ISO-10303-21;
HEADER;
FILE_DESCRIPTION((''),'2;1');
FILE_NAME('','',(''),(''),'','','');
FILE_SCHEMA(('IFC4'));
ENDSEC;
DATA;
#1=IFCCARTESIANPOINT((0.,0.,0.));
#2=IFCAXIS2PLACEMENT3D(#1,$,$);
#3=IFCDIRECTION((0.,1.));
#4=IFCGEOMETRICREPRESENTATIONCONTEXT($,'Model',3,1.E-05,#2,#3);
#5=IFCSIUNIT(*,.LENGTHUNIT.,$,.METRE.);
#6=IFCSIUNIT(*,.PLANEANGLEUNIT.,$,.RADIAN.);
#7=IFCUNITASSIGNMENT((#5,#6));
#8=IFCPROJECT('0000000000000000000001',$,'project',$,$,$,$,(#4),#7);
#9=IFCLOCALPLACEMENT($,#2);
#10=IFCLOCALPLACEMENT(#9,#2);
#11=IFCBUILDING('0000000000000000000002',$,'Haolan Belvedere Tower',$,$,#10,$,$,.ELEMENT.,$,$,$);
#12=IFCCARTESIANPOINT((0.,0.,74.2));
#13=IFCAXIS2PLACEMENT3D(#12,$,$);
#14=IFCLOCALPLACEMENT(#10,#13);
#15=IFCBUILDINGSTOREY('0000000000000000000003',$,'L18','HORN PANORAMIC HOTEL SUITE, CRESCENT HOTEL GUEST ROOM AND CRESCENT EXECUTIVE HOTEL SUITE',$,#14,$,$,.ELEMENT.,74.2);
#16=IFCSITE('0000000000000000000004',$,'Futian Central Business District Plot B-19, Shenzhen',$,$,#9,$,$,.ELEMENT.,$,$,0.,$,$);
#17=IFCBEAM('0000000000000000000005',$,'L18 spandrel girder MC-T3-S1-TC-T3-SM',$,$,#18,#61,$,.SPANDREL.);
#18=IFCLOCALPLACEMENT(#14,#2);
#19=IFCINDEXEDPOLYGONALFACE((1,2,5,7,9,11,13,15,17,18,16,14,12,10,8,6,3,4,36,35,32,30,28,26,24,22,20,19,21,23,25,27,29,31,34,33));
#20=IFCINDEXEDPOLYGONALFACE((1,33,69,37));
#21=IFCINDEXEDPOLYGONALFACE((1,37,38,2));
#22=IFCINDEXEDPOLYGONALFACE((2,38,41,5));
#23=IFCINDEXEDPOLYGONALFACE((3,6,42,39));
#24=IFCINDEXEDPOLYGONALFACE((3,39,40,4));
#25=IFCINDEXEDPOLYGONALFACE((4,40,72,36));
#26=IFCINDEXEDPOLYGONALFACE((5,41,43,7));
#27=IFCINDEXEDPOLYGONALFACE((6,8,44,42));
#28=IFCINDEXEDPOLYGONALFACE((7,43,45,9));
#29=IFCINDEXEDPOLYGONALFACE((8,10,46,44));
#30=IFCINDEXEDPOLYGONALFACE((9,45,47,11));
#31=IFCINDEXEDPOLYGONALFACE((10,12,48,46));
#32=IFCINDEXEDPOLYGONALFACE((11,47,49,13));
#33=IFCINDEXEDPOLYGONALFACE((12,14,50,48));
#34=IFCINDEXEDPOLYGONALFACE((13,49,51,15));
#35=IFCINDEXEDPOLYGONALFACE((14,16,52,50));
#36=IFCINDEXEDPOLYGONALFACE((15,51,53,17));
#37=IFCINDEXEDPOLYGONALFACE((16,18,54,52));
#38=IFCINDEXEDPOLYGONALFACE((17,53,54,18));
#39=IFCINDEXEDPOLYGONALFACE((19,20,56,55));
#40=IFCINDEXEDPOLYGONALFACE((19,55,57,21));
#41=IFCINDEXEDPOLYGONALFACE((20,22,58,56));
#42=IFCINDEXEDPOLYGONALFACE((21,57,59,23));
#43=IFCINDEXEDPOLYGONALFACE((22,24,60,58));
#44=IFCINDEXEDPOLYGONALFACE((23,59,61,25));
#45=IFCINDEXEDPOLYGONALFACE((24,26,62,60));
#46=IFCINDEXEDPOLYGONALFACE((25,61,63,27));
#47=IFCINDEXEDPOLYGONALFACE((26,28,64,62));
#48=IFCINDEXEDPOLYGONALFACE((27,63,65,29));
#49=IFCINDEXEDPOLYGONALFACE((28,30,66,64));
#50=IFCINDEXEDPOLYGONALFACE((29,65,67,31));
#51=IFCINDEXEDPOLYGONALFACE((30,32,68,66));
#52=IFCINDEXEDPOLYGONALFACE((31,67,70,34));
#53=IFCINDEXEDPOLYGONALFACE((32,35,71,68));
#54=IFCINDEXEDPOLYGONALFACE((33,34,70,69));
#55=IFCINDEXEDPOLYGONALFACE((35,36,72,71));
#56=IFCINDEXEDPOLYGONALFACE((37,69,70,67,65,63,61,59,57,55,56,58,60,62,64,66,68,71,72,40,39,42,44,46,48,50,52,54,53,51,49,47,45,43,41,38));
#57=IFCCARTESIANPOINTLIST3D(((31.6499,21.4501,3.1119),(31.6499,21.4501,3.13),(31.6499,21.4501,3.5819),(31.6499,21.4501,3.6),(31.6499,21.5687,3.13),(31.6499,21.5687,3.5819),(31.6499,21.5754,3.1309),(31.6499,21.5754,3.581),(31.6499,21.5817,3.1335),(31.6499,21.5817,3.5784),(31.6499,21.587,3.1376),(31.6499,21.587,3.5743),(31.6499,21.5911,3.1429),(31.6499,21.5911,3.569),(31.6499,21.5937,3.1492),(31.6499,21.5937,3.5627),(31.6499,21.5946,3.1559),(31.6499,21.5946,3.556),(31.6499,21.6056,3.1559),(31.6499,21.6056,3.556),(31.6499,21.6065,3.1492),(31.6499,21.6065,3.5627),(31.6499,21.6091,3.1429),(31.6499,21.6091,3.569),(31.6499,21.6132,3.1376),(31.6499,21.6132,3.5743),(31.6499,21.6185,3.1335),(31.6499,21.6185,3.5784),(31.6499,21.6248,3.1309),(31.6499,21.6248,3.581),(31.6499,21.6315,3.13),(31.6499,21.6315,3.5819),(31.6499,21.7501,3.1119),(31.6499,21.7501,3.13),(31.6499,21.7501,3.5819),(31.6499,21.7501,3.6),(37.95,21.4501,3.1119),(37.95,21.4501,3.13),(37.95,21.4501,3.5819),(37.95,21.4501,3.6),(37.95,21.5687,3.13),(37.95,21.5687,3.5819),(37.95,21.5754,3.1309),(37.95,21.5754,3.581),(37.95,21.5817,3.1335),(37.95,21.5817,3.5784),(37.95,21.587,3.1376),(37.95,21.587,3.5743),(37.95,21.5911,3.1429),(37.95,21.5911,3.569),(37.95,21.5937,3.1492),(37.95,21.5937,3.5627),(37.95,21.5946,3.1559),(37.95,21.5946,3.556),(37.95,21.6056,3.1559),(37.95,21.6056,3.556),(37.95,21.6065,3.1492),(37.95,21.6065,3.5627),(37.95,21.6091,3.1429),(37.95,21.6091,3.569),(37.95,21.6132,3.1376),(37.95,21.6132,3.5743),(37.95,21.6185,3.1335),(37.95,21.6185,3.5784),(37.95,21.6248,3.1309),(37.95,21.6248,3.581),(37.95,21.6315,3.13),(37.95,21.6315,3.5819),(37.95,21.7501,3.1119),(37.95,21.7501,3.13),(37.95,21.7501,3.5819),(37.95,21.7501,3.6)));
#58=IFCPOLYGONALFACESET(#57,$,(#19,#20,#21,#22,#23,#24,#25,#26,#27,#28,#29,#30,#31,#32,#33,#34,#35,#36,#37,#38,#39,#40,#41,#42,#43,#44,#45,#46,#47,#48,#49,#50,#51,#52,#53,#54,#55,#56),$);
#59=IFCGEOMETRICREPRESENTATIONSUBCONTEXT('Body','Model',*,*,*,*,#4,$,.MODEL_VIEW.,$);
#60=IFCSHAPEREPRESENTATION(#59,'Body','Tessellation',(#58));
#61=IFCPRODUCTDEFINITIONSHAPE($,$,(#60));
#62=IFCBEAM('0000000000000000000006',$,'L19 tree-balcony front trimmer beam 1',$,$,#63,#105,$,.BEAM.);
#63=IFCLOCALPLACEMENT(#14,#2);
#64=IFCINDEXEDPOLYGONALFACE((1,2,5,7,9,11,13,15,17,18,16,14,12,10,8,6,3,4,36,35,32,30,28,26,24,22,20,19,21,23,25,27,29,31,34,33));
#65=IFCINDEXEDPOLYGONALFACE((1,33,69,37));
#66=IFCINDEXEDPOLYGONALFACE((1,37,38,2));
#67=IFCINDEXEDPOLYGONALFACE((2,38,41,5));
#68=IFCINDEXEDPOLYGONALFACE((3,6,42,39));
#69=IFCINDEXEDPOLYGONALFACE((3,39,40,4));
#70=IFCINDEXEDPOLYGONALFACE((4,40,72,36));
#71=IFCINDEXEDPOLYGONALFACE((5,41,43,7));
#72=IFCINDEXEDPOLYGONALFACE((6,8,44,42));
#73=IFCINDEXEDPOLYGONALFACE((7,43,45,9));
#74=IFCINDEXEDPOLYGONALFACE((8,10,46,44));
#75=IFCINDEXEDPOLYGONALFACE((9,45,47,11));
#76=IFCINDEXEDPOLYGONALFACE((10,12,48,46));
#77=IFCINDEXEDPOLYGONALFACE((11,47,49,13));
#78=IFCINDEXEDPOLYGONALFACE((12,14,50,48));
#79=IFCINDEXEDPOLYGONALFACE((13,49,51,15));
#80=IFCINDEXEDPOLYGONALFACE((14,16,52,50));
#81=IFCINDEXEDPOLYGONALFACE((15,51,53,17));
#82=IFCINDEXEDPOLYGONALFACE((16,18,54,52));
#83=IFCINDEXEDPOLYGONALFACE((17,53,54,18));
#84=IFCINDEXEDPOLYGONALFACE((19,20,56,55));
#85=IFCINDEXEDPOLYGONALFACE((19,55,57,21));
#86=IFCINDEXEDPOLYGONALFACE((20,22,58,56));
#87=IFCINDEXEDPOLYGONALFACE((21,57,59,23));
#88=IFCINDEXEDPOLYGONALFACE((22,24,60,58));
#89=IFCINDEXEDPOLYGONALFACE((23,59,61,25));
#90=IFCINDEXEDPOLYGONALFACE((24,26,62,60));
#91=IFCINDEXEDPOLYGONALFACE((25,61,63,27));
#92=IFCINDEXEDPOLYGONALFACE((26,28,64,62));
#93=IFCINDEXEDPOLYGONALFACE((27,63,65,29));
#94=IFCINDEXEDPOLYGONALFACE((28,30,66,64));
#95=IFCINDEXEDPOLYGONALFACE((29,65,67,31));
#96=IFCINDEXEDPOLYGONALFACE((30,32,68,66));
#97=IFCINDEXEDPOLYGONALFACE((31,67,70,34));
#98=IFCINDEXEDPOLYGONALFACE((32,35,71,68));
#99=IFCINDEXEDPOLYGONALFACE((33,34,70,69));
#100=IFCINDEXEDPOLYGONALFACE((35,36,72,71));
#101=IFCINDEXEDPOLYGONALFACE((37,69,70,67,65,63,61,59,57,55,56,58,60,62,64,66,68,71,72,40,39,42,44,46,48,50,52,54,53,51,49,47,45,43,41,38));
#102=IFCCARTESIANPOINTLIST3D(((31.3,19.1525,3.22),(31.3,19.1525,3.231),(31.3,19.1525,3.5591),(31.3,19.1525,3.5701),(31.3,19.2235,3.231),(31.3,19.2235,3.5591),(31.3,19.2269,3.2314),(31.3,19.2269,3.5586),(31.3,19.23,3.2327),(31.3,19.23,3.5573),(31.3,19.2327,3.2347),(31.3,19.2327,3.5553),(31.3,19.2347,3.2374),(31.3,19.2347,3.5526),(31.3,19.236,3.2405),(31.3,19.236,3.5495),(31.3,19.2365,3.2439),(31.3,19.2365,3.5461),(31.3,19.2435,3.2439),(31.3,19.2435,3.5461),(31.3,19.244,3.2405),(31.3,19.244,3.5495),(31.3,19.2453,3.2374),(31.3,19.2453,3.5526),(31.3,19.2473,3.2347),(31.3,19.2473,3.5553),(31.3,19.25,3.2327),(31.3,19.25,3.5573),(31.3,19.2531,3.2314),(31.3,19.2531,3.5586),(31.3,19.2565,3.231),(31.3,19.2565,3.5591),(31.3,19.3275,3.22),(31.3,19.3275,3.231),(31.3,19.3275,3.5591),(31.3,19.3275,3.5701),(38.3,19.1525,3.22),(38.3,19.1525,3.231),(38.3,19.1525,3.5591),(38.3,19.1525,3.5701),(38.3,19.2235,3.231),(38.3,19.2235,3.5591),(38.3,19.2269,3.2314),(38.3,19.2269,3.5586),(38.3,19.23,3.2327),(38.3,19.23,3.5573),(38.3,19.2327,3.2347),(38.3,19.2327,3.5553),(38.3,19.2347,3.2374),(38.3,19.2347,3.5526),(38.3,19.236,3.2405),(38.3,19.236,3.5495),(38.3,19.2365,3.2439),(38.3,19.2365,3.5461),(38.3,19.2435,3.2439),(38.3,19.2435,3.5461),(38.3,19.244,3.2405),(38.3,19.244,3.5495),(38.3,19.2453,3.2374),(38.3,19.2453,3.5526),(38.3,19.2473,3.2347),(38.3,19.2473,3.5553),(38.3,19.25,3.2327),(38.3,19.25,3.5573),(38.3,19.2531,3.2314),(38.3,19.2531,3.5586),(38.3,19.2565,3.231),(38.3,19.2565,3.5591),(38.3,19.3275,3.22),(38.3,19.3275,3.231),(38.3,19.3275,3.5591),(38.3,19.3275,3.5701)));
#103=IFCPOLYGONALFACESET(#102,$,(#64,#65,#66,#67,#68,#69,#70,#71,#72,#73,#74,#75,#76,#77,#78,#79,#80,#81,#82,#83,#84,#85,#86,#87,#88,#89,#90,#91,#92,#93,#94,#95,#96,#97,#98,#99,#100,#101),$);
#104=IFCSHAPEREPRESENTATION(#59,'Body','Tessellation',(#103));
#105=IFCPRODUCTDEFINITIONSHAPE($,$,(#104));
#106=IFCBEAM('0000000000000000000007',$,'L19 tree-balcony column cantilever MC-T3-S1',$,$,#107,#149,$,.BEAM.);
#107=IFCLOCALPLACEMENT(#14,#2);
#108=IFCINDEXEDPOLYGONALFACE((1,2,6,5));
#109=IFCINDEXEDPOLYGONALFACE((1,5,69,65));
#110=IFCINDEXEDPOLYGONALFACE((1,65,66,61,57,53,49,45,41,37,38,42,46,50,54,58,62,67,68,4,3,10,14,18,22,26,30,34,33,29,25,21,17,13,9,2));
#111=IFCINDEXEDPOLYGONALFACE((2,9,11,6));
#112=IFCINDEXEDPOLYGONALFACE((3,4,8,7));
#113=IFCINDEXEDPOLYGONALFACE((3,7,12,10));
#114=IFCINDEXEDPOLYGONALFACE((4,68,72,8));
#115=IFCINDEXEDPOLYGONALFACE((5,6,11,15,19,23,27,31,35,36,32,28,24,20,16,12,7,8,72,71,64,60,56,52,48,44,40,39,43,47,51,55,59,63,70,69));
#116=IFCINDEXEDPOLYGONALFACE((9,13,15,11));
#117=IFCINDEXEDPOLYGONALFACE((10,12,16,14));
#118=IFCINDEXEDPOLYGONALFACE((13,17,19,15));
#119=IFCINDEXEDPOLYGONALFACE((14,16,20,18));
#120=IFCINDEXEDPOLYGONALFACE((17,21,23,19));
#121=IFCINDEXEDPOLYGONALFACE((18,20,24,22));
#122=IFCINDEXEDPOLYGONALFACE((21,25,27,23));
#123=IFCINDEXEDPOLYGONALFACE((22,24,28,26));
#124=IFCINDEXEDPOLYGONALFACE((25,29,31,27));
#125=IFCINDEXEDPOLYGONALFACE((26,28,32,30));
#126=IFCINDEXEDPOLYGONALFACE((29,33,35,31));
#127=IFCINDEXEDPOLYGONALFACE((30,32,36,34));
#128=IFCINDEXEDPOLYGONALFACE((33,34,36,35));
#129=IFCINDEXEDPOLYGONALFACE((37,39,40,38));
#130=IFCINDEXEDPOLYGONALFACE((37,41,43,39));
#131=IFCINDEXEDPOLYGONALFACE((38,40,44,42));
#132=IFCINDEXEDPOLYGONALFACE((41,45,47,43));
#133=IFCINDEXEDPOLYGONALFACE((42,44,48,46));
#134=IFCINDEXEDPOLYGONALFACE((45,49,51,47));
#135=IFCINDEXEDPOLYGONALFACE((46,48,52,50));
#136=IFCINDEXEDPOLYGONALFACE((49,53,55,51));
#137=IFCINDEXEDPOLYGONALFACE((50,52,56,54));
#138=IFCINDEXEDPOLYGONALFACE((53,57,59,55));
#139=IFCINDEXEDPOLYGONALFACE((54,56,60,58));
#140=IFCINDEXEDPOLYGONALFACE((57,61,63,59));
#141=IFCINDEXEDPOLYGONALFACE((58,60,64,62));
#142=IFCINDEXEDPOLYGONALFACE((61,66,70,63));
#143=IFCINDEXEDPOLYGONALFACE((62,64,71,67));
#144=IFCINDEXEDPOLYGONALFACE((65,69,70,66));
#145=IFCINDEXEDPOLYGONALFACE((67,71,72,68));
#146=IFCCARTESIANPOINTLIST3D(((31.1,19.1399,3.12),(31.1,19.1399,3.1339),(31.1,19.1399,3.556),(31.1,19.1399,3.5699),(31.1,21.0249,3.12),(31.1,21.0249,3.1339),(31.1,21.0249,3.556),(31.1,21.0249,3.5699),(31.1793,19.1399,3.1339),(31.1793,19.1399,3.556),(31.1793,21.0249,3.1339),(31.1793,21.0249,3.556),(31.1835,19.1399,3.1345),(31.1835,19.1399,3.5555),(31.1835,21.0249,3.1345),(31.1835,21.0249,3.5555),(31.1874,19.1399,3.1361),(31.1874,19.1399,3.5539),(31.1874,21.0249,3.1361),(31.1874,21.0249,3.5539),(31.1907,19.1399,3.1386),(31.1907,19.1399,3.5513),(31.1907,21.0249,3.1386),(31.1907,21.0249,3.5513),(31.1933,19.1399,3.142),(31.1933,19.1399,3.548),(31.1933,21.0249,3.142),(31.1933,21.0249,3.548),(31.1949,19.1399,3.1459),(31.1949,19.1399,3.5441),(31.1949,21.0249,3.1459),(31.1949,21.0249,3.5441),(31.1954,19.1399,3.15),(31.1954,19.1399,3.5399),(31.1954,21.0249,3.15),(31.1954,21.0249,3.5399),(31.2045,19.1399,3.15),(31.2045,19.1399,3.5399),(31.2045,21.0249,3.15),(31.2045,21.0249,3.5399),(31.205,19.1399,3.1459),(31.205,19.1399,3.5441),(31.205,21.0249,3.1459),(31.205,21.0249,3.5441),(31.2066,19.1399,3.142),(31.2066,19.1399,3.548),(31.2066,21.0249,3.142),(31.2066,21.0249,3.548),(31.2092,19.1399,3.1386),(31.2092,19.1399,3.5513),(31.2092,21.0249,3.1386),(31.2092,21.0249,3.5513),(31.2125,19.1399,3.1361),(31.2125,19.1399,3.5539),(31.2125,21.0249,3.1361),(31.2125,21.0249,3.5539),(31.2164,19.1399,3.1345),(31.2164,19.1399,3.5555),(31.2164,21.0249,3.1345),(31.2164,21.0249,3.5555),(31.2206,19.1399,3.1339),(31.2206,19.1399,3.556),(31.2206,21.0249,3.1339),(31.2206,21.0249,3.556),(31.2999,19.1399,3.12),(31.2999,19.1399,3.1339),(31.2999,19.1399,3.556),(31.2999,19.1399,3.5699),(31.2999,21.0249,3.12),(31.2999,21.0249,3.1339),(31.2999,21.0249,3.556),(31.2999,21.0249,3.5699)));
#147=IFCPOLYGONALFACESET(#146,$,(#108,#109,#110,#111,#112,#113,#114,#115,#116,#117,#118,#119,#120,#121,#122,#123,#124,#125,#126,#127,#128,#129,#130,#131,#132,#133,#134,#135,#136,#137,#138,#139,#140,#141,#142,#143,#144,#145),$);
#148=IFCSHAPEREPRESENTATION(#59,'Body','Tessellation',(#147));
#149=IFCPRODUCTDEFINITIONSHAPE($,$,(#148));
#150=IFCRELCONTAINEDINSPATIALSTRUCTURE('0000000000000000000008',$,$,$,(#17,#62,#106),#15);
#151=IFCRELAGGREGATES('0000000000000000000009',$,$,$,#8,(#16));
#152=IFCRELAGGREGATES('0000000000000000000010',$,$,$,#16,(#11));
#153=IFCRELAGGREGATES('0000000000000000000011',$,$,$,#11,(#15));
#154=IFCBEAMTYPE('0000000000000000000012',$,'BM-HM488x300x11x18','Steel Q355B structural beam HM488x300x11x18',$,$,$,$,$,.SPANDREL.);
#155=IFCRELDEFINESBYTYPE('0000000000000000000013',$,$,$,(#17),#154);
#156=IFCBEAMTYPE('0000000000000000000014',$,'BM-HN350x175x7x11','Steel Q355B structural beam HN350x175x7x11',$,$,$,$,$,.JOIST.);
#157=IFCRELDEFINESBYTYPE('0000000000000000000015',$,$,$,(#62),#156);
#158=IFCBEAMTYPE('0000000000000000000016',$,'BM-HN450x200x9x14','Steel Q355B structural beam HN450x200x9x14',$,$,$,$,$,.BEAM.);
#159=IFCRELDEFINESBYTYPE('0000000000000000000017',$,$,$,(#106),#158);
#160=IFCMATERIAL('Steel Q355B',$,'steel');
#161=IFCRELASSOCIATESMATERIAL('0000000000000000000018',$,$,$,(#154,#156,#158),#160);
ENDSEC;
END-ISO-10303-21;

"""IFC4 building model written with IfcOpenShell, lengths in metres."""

from ifc_helpers import new_model, si_unit, direction, frame, origin, origin_2d, place, context, subcontext, project, spatial, i_section, extrude, material, material_profile, profile_set, type_object, element, save


model = new_model("IFC4")

# Units and contexts
model_context = context("Model", 3, precision=1e-05, world=origin(), true_north=direction((0.0, 1.0)))
body_context = subcontext(model_context, "Body", "Model", "MODEL_VIEW")
ifc_project = project(units=[si_unit("LENGTHUNIT", "METRE"), si_unit("PLANEANGLEUNIT", "RADIAN")], contexts=[model_context])

# Site, building, storey
site_placement = place(None, origin())
site = spatial("IfcSite", under=ifc_project, at=site_placement, Name="Futian Central Business District Plot B-19, Shenzhen", CompositionType="ELEMENT", RefElevation=0.0)
building_placement = place(site_placement, origin())
building = spatial("IfcBuilding", under=site, at=building_placement, Name="Haolan Belvedere Tower", CompositionType="ELEMENT")
storey_placement = place(building_placement, frame((0.0, 0.0, 74.2)))
storey = spatial("IfcBuildingStorey", under=building, at=storey_placement, Name="L18", Description="HORN PANORAMIC HOTEL SUITE, CRESCENT HOTEL GUEST ROOM AND CRESCENT EXECUTIVE HOTEL SUITE", CompositionType="ELEMENT", Elevation=74.2)

# Shared definitions
ifc_material_1 = material(Name="Steel Q355B", Category="steel")

# Beams
ifc_material_profile_1 = material_profile(ifc_material_1, i_section(OverallWidth=0.3, OverallDepth=0.488, WebThickness=0.011, FlangeThickness=0.0181, FilletRadius=0.0259, at=origin_2d()), Name="Steel Q355B")
ifc_profile_set_1 = profile_set([ifc_material_profile_1], Name="Steel Q355B")
beam_type_1 = type_object("IfcBeamType", Name="BM-HM488x300x11x18", Description="Steel Q355B structural beam HM488x300x11x18", PredefinedType="SPANDREL", material=ifc_profile_set_1)
for number, where, z_axis, x_axis, name in (
    (1, (31.6499, 21.6001, 3.356), (1.0, 0.0, 0.0), (0.0, 1.0, 0.0), "L18 spandrel girder MC-T3-S1-TC-T3-SM"),
):
    element("IfcBeam", number, at=place(storey_placement, frame(where, z_axis=z_axis, x_axis=x_axis)), inside=storey, type_object=beam_type_1, Name=name, PredefinedType="SPANDREL", context=body_context, shape_type="SweptSolid", body=[
        extrude(i_section(OverallWidth=0.3, OverallDepth=0.488, WebThickness=0.011, FlangeThickness=0.0181, FilletRadius=0.0259, at=origin_2d()), origin(), (0.0, 0.0, 1.0), 6.3),
    ])
ifc_material_profile_2 = material_profile(ifc_material_1, i_section(OverallWidth=0.175, OverallDepth=0.3501, WebThickness=0.0071, FlangeThickness=0.011, FilletRadius=0.0129, at=origin_2d()), Name="Steel Q355B")
ifc_profile_set_2 = profile_set([ifc_material_profile_2], Name="Steel Q355B")
beam_type_2 = type_object("IfcBeamType", Name="BM-HN350x175x7x11", Description="Steel Q355B structural beam HN350x175x7x11", PredefinedType="JOIST", material=ifc_profile_set_2)
beam_1_placement = place(storey_placement, frame((31.3, 19.24, 3.395), z_axis=(1.0, 0.0, 0.0), x_axis=(0.0, 1.0, 0.0)))
element("IfcBeam", 2, at=beam_1_placement, inside=storey, type_object=beam_type_2, Name="L19 tree-balcony front trimmer beam 1", PredefinedType="BEAM", context=body_context, shape_type="SweptSolid", body=[
    extrude(i_section(OverallWidth=0.175, OverallDepth=0.3501, WebThickness=0.0071, FlangeThickness=0.011, FilletRadius=0.0129, at=origin_2d()), origin(), (0.0, 0.0, 1.0), 7.0),
])
ifc_material_profile_3 = material_profile(ifc_material_1, i_section(OverallWidth=0.2, OverallDepth=0.45, WebThickness=0.009, FlangeThickness=0.0139, FilletRadius=0.0161, at=origin_2d()), Name="Steel Q355B")
ifc_profile_set_3 = profile_set([ifc_material_profile_3], Name="Steel Q355B")
beam_type_3 = type_object("IfcBeamType", Name="BM-HN450x200x9x14", Description="Steel Q355B structural beam HN450x200x9x14", PredefinedType="BEAM", material=ifc_profile_set_3)
beam_2_placement = place(storey_placement, frame((31.2, 21.0249, 3.345), z_axis=(0.0, -1.0, 0.0), x_axis=(1.0, 0.0, 0.0)))
element("IfcBeam", 3, at=beam_2_placement, inside=storey, type_object=beam_type_3, Name="L19 tree-balcony column cantilever MC-T3-S1", PredefinedType="BEAM", context=body_context, shape_type="SweptSolid", body=[
    extrude(i_section(OverallWidth=0.2, OverallDepth=0.45, WebThickness=0.009, FlangeThickness=0.0139, FilletRadius=0.0161, at=origin_2d()), origin(), (0.0, 0.0, 1.0), 1.885),
])

save(model, "model.ifc")
